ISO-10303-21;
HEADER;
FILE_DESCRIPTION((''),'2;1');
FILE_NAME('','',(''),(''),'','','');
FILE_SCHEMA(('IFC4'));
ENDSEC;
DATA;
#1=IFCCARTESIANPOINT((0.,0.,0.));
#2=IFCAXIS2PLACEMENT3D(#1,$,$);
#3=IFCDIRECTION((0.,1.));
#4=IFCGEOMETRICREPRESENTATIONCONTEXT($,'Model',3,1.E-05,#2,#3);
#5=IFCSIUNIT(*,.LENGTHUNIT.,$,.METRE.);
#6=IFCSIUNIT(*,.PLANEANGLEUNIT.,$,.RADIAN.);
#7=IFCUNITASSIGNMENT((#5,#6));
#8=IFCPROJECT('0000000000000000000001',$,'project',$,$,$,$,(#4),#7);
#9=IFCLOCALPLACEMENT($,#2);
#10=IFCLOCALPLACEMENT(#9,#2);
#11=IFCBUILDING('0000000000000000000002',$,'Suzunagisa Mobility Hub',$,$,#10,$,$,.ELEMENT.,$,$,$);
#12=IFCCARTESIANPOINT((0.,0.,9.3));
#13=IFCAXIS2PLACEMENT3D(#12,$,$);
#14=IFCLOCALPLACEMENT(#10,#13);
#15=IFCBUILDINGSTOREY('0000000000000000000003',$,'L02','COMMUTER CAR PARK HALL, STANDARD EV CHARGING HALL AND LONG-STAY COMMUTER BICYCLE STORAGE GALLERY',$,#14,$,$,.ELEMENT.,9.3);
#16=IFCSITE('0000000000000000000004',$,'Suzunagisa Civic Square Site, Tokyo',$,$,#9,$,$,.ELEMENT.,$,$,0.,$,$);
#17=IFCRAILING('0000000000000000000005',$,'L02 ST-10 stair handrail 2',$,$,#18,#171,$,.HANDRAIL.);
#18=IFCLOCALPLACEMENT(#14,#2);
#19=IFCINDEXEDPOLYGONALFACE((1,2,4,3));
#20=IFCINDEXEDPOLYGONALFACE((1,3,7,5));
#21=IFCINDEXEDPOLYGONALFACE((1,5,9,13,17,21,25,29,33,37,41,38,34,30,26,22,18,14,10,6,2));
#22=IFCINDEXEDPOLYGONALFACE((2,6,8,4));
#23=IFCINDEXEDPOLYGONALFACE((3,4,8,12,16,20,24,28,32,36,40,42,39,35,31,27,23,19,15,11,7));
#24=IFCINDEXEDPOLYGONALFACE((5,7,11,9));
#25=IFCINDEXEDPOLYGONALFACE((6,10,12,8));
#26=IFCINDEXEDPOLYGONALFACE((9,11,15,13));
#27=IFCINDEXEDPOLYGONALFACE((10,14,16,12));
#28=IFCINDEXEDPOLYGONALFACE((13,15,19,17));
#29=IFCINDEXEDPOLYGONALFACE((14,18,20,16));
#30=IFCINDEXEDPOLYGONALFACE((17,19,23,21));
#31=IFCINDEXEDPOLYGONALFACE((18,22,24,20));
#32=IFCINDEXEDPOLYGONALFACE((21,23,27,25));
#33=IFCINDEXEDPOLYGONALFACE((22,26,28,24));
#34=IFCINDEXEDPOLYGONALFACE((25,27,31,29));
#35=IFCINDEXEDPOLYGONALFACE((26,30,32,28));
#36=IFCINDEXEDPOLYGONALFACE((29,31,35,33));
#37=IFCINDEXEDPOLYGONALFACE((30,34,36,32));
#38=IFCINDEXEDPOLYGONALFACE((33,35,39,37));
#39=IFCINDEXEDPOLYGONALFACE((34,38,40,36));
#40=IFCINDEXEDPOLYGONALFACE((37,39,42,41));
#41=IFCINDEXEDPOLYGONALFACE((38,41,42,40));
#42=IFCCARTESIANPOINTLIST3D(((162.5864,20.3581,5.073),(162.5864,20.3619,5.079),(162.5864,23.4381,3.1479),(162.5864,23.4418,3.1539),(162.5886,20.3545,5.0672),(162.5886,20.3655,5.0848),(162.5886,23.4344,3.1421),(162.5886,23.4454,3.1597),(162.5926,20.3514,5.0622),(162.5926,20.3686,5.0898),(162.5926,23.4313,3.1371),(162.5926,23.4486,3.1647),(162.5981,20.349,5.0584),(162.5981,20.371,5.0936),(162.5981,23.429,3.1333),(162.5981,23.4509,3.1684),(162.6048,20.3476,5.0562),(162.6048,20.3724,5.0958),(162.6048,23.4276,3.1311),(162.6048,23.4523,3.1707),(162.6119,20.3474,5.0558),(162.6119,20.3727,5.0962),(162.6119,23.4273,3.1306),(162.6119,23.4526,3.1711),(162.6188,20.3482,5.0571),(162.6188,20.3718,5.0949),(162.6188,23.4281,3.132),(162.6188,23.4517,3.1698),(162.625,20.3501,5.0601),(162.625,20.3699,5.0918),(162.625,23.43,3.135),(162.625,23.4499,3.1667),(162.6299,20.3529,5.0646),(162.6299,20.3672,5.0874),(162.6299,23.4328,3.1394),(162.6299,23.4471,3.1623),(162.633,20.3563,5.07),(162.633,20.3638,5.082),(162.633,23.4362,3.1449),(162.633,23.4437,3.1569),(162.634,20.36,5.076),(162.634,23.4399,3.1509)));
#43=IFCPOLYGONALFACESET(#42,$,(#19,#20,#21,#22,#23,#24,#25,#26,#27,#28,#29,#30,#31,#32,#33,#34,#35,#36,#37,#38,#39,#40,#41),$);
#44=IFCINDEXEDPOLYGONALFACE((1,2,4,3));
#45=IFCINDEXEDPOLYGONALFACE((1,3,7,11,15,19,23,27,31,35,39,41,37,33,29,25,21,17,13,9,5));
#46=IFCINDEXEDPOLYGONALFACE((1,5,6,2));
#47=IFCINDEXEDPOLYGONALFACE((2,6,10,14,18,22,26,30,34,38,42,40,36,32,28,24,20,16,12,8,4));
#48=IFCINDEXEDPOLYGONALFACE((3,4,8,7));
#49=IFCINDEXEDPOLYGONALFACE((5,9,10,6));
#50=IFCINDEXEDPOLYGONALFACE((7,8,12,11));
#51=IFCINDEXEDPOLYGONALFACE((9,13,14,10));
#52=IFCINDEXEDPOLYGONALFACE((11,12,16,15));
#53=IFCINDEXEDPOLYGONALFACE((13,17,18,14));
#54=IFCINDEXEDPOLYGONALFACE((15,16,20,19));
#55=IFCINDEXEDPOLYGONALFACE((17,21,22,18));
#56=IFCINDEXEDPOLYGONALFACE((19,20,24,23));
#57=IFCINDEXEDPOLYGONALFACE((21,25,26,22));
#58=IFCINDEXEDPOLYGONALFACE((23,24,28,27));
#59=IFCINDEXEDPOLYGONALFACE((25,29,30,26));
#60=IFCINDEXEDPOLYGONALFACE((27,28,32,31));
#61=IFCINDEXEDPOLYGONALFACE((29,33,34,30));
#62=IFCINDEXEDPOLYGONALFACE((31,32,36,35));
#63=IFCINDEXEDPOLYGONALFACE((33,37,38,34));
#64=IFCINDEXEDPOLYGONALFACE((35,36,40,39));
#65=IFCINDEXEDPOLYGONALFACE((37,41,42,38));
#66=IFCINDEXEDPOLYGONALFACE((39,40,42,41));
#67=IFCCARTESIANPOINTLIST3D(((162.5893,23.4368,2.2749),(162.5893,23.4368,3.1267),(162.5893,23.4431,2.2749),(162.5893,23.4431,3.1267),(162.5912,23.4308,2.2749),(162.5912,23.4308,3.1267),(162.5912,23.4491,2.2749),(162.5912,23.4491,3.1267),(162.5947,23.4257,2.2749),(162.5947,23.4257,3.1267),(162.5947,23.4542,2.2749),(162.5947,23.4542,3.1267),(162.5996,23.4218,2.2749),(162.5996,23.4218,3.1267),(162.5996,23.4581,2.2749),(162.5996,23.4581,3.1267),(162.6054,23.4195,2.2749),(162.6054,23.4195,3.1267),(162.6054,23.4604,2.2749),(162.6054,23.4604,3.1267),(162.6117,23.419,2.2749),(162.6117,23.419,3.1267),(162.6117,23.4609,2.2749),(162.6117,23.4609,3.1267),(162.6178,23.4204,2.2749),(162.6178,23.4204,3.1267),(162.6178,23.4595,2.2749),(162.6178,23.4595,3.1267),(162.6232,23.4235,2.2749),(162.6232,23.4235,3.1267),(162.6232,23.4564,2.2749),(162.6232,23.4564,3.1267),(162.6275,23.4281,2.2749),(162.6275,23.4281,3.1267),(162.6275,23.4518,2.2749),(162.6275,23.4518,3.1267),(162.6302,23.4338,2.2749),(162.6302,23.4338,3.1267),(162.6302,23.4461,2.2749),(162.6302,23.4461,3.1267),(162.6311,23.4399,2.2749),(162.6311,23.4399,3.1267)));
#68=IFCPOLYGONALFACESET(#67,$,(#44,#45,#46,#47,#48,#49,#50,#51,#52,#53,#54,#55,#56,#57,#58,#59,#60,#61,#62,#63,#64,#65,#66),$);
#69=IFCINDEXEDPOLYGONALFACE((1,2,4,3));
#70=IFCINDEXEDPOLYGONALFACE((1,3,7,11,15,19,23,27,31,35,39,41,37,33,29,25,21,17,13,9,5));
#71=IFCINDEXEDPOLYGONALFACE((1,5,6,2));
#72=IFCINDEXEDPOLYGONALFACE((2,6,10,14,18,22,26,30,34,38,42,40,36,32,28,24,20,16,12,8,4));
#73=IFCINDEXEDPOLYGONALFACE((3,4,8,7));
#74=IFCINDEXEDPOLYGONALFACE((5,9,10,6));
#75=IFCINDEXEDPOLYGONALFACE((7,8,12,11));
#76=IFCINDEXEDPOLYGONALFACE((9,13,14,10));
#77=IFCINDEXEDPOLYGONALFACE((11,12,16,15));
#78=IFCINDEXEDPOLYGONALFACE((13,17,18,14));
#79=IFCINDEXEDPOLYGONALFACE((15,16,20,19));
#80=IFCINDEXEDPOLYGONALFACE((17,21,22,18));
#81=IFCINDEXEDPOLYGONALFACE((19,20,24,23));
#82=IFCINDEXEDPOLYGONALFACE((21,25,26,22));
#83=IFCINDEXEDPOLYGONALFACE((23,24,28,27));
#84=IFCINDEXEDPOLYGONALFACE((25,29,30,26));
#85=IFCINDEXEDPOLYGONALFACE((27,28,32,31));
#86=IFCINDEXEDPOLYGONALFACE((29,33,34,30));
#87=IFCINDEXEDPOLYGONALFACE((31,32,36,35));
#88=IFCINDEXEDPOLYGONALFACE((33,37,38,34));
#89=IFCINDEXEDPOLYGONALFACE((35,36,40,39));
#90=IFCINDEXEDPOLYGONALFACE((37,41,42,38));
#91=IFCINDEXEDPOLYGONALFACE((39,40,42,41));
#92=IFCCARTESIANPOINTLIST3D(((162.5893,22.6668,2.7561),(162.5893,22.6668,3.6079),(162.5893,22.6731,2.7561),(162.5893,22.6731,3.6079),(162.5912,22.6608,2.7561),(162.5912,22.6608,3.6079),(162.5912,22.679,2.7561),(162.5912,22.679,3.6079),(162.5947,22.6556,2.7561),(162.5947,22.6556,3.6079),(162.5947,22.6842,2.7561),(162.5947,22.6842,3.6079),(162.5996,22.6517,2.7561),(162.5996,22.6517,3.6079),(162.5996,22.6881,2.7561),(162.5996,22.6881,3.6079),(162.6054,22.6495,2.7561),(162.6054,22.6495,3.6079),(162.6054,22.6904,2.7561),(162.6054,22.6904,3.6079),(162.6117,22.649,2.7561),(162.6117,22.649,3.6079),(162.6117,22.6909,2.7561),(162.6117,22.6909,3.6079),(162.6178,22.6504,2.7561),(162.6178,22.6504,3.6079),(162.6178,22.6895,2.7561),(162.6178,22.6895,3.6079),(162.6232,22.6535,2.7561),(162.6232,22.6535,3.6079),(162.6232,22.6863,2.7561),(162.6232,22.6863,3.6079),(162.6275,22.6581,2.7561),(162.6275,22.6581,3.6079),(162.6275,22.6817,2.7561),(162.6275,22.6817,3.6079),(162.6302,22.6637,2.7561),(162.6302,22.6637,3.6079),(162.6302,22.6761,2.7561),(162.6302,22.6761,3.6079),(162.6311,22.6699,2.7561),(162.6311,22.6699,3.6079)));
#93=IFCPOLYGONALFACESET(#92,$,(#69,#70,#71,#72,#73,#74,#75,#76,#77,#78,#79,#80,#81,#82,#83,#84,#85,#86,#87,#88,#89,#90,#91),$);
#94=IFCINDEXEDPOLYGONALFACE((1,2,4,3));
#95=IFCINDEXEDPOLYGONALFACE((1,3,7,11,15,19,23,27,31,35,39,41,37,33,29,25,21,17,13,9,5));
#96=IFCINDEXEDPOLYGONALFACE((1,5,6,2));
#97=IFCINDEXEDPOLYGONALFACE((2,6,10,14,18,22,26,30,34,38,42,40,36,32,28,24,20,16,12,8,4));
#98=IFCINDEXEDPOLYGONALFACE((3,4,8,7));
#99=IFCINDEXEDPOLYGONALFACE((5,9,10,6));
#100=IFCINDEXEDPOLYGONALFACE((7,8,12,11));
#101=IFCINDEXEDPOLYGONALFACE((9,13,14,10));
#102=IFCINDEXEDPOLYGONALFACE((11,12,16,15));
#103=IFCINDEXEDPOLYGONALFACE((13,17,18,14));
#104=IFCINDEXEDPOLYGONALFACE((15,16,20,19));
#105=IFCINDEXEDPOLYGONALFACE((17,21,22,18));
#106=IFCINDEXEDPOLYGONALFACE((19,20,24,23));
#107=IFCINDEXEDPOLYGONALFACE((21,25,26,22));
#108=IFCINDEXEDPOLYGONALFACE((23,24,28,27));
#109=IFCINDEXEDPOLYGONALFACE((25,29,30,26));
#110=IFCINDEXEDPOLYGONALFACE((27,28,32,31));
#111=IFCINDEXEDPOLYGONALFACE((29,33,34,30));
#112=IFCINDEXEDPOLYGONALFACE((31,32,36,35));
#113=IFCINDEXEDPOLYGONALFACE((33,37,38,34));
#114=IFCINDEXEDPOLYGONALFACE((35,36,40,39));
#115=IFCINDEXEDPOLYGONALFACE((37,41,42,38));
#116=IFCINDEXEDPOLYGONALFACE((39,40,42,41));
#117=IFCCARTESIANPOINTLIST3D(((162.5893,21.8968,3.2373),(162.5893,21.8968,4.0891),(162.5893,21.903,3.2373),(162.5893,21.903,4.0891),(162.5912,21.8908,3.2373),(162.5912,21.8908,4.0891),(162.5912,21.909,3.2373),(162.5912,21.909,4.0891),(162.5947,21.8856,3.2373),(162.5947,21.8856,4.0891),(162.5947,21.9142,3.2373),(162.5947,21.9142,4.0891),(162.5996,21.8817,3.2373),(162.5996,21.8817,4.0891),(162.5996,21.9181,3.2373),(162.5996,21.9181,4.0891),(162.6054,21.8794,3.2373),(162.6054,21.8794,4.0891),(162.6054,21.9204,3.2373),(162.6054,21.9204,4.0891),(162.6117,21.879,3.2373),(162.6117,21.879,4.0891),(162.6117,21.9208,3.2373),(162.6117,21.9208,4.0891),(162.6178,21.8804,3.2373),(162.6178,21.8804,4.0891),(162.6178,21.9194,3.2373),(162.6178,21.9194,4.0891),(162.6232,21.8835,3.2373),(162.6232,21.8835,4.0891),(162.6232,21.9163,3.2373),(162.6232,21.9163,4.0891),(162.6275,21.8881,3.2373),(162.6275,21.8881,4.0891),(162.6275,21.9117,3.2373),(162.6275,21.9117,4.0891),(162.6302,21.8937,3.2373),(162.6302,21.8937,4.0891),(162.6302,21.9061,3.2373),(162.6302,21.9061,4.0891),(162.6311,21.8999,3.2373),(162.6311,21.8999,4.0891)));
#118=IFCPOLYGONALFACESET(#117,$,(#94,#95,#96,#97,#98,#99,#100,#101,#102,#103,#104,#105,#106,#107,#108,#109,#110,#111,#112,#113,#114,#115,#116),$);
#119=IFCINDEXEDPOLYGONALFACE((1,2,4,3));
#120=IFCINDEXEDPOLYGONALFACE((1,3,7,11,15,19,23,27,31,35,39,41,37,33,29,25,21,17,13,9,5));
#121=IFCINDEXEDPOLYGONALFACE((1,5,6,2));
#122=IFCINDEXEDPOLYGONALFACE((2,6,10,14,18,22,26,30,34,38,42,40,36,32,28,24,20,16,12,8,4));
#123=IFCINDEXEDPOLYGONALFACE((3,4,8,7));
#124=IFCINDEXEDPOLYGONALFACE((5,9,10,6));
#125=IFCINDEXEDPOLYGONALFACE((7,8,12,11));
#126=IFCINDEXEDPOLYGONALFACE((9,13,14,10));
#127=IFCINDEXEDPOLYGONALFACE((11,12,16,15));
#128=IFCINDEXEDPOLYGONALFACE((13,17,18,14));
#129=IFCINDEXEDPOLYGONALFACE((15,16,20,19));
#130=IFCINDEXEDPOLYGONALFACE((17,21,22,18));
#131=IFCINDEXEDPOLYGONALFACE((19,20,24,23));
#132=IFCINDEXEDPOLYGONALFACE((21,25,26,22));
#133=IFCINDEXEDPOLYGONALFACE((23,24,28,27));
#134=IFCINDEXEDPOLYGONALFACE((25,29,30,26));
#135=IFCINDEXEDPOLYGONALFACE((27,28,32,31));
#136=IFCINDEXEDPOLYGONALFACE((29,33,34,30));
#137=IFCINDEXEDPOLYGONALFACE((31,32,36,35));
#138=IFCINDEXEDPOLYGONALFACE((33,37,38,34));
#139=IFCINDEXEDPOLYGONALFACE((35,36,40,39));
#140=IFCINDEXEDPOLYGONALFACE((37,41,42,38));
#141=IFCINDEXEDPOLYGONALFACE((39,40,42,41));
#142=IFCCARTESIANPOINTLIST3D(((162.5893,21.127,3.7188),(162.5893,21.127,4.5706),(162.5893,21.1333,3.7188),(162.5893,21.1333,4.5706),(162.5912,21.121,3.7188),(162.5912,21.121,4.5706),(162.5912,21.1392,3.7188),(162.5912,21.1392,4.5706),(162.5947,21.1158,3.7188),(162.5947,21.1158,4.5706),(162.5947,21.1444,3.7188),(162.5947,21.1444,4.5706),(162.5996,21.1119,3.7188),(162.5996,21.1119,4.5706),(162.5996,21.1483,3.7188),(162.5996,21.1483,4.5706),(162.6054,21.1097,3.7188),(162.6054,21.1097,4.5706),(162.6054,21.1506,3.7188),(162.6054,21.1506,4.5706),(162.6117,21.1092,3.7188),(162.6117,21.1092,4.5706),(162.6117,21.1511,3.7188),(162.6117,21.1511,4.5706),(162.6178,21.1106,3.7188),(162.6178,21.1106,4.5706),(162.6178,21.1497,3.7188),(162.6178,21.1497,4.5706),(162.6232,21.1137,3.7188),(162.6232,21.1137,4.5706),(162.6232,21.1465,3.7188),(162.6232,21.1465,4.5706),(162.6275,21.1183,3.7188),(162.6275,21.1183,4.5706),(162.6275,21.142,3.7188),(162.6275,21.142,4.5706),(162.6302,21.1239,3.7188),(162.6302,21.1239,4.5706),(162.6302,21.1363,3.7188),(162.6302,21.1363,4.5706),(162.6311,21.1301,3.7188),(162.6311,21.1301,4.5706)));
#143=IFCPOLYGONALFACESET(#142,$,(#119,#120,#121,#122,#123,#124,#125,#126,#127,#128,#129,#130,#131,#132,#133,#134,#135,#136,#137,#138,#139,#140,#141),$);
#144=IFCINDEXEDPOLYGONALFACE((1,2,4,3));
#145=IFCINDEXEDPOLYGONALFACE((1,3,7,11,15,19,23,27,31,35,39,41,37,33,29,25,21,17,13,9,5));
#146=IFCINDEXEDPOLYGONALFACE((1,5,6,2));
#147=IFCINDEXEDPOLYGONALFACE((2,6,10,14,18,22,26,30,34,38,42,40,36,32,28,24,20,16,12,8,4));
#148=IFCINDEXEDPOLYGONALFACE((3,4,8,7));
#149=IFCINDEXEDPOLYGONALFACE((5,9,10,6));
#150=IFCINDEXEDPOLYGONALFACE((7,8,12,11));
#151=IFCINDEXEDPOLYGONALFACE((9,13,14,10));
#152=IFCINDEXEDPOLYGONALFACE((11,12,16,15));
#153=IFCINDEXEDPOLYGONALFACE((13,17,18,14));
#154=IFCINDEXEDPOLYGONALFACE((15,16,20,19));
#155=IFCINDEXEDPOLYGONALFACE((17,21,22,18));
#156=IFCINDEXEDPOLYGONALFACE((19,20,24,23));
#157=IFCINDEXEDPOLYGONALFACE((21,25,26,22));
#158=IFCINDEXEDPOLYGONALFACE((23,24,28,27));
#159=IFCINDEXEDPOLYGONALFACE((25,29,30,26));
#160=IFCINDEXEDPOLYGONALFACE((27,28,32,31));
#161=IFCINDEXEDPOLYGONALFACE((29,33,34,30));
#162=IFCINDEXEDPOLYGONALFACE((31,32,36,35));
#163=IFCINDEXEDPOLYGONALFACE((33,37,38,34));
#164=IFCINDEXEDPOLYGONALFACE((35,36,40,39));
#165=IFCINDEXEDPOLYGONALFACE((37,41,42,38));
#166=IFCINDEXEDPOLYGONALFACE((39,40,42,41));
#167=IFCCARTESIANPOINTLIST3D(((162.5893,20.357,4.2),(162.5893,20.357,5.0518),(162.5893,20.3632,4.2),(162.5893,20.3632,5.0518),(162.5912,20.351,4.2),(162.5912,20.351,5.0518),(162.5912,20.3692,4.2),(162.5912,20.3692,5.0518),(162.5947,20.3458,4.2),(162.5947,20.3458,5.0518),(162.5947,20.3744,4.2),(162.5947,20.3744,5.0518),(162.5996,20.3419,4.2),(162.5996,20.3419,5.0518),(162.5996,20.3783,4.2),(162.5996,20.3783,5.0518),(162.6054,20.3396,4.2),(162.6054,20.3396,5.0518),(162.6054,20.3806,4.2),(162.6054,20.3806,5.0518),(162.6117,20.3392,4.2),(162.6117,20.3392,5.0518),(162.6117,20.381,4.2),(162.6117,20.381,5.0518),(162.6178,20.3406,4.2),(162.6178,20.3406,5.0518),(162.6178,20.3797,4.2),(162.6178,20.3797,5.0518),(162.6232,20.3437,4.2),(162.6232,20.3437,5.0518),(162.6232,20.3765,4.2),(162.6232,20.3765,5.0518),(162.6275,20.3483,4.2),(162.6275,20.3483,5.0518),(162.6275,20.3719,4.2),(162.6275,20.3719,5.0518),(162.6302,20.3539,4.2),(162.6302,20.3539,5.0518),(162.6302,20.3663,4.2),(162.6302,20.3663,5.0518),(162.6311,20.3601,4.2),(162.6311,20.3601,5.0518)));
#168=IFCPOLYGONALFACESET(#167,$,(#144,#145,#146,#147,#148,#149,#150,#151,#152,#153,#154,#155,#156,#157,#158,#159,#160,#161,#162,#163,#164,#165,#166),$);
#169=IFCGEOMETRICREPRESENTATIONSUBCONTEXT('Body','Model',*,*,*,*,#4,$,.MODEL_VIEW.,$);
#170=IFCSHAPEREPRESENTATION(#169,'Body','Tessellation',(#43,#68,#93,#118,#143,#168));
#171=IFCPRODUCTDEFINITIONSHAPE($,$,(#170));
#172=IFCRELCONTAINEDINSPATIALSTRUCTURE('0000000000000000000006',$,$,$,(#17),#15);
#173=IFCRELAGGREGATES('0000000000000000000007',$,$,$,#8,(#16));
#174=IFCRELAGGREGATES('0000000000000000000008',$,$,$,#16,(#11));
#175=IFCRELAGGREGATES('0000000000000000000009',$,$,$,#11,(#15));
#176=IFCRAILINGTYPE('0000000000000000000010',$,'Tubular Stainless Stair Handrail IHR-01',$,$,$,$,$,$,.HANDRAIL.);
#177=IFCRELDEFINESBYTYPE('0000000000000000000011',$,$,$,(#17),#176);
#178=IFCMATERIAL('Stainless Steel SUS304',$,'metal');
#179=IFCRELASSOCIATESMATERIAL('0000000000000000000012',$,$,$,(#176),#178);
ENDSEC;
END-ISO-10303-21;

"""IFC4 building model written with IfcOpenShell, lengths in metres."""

from ifc_helpers import new_model, si_unit, direction, frame, origin, origin_2d, place, context, subcontext, project, spatial, circle, extrude, material, type_object, element, save


model = new_model("IFC4")

# Units and contexts
model_context = context("Model", 3, precision=1e-05, world=origin(), true_north=direction((0.0, 1.0)))
body_context = subcontext(model_context, "Body", "Model", "MODEL_VIEW")
ifc_project = project(units=[si_unit("LENGTHUNIT", "METRE"), si_unit("PLANEANGLEUNIT", "RADIAN")], contexts=[model_context])

# Site, building, storey
site_placement = place(None, origin())
site = spatial("IfcSite", under=ifc_project, at=site_placement, Name="Suzunagisa Civic Square Site, Tokyo", CompositionType="ELEMENT", RefElevation=0.0)
building_placement = place(site_placement, origin())
building = spatial("IfcBuilding", under=site, at=building_placement, Name="Suzunagisa Mobility Hub", CompositionType="ELEMENT")
storey_placement = place(building_placement, frame((0.0, 0.0, 9.3)))
storey = spatial("IfcBuildingStorey", under=building, at=storey_placement, Name="L02", Description="COMMUTER CAR PARK HALL, STANDARD EV CHARGING HALL AND LONG-STAY COMMUTER BICYCLE STORAGE GALLERY", CompositionType="ELEMENT", Elevation=9.3)

# Railing
ifc_material_1 = material(Name="Stainless Steel SUS304", Category="metal")
railing_type_1 = type_object("IfcRailingType", Name="Tubular Stainless Stair Handrail IHR-01", PredefinedType="HANDRAIL", material=ifc_material_1)
railing_1_placement = place(storey_placement, frame((162.6101, 23.4399, 2.2749)))
element("IfcRailing", 1, at=railing_1_placement, inside=storey, type_object=railing_type_1, Name="L02 ST-10 stair handrail 2", PredefinedType="HANDRAIL", context=body_context, shape_type="SweptSolid", body=[
    extrude(circle(Radius=0.0239, at=origin_2d()), frame((0.0, 0.0, 0.876), z_axis=(0.0, -0.847979, 0.530029), x_axis=(1.0, 0.0, 0.0)), (0.0, 0.0, 1.0), 3.6321),
    extrude(circle(Radius=0.021, at=origin_2d()), origin(), (0.0, 0.0, 1.0), 0.8518),
    extrude(circle(Radius=0.021, at=origin_2d()), frame((0.0, -0.77, 0.4812)), (0.0, 0.0, 1.0), 0.8518),
    extrude(circle(Radius=0.021, at=origin_2d()), frame((0.0, -1.54, 0.9624)), (0.0, 0.0, 1.0), 0.8518),
    extrude(circle(Radius=0.021, at=origin_2d()), frame((0.0, -2.3098, 1.4438)), (0.0, 0.0, 1.0), 0.8518),
    extrude(circle(Radius=0.021, at=origin_2d()), frame((0.0, -3.0798, 1.925)), (0.0, 0.0, 1.0), 0.8518),
])

save(model, "model.ifc")
